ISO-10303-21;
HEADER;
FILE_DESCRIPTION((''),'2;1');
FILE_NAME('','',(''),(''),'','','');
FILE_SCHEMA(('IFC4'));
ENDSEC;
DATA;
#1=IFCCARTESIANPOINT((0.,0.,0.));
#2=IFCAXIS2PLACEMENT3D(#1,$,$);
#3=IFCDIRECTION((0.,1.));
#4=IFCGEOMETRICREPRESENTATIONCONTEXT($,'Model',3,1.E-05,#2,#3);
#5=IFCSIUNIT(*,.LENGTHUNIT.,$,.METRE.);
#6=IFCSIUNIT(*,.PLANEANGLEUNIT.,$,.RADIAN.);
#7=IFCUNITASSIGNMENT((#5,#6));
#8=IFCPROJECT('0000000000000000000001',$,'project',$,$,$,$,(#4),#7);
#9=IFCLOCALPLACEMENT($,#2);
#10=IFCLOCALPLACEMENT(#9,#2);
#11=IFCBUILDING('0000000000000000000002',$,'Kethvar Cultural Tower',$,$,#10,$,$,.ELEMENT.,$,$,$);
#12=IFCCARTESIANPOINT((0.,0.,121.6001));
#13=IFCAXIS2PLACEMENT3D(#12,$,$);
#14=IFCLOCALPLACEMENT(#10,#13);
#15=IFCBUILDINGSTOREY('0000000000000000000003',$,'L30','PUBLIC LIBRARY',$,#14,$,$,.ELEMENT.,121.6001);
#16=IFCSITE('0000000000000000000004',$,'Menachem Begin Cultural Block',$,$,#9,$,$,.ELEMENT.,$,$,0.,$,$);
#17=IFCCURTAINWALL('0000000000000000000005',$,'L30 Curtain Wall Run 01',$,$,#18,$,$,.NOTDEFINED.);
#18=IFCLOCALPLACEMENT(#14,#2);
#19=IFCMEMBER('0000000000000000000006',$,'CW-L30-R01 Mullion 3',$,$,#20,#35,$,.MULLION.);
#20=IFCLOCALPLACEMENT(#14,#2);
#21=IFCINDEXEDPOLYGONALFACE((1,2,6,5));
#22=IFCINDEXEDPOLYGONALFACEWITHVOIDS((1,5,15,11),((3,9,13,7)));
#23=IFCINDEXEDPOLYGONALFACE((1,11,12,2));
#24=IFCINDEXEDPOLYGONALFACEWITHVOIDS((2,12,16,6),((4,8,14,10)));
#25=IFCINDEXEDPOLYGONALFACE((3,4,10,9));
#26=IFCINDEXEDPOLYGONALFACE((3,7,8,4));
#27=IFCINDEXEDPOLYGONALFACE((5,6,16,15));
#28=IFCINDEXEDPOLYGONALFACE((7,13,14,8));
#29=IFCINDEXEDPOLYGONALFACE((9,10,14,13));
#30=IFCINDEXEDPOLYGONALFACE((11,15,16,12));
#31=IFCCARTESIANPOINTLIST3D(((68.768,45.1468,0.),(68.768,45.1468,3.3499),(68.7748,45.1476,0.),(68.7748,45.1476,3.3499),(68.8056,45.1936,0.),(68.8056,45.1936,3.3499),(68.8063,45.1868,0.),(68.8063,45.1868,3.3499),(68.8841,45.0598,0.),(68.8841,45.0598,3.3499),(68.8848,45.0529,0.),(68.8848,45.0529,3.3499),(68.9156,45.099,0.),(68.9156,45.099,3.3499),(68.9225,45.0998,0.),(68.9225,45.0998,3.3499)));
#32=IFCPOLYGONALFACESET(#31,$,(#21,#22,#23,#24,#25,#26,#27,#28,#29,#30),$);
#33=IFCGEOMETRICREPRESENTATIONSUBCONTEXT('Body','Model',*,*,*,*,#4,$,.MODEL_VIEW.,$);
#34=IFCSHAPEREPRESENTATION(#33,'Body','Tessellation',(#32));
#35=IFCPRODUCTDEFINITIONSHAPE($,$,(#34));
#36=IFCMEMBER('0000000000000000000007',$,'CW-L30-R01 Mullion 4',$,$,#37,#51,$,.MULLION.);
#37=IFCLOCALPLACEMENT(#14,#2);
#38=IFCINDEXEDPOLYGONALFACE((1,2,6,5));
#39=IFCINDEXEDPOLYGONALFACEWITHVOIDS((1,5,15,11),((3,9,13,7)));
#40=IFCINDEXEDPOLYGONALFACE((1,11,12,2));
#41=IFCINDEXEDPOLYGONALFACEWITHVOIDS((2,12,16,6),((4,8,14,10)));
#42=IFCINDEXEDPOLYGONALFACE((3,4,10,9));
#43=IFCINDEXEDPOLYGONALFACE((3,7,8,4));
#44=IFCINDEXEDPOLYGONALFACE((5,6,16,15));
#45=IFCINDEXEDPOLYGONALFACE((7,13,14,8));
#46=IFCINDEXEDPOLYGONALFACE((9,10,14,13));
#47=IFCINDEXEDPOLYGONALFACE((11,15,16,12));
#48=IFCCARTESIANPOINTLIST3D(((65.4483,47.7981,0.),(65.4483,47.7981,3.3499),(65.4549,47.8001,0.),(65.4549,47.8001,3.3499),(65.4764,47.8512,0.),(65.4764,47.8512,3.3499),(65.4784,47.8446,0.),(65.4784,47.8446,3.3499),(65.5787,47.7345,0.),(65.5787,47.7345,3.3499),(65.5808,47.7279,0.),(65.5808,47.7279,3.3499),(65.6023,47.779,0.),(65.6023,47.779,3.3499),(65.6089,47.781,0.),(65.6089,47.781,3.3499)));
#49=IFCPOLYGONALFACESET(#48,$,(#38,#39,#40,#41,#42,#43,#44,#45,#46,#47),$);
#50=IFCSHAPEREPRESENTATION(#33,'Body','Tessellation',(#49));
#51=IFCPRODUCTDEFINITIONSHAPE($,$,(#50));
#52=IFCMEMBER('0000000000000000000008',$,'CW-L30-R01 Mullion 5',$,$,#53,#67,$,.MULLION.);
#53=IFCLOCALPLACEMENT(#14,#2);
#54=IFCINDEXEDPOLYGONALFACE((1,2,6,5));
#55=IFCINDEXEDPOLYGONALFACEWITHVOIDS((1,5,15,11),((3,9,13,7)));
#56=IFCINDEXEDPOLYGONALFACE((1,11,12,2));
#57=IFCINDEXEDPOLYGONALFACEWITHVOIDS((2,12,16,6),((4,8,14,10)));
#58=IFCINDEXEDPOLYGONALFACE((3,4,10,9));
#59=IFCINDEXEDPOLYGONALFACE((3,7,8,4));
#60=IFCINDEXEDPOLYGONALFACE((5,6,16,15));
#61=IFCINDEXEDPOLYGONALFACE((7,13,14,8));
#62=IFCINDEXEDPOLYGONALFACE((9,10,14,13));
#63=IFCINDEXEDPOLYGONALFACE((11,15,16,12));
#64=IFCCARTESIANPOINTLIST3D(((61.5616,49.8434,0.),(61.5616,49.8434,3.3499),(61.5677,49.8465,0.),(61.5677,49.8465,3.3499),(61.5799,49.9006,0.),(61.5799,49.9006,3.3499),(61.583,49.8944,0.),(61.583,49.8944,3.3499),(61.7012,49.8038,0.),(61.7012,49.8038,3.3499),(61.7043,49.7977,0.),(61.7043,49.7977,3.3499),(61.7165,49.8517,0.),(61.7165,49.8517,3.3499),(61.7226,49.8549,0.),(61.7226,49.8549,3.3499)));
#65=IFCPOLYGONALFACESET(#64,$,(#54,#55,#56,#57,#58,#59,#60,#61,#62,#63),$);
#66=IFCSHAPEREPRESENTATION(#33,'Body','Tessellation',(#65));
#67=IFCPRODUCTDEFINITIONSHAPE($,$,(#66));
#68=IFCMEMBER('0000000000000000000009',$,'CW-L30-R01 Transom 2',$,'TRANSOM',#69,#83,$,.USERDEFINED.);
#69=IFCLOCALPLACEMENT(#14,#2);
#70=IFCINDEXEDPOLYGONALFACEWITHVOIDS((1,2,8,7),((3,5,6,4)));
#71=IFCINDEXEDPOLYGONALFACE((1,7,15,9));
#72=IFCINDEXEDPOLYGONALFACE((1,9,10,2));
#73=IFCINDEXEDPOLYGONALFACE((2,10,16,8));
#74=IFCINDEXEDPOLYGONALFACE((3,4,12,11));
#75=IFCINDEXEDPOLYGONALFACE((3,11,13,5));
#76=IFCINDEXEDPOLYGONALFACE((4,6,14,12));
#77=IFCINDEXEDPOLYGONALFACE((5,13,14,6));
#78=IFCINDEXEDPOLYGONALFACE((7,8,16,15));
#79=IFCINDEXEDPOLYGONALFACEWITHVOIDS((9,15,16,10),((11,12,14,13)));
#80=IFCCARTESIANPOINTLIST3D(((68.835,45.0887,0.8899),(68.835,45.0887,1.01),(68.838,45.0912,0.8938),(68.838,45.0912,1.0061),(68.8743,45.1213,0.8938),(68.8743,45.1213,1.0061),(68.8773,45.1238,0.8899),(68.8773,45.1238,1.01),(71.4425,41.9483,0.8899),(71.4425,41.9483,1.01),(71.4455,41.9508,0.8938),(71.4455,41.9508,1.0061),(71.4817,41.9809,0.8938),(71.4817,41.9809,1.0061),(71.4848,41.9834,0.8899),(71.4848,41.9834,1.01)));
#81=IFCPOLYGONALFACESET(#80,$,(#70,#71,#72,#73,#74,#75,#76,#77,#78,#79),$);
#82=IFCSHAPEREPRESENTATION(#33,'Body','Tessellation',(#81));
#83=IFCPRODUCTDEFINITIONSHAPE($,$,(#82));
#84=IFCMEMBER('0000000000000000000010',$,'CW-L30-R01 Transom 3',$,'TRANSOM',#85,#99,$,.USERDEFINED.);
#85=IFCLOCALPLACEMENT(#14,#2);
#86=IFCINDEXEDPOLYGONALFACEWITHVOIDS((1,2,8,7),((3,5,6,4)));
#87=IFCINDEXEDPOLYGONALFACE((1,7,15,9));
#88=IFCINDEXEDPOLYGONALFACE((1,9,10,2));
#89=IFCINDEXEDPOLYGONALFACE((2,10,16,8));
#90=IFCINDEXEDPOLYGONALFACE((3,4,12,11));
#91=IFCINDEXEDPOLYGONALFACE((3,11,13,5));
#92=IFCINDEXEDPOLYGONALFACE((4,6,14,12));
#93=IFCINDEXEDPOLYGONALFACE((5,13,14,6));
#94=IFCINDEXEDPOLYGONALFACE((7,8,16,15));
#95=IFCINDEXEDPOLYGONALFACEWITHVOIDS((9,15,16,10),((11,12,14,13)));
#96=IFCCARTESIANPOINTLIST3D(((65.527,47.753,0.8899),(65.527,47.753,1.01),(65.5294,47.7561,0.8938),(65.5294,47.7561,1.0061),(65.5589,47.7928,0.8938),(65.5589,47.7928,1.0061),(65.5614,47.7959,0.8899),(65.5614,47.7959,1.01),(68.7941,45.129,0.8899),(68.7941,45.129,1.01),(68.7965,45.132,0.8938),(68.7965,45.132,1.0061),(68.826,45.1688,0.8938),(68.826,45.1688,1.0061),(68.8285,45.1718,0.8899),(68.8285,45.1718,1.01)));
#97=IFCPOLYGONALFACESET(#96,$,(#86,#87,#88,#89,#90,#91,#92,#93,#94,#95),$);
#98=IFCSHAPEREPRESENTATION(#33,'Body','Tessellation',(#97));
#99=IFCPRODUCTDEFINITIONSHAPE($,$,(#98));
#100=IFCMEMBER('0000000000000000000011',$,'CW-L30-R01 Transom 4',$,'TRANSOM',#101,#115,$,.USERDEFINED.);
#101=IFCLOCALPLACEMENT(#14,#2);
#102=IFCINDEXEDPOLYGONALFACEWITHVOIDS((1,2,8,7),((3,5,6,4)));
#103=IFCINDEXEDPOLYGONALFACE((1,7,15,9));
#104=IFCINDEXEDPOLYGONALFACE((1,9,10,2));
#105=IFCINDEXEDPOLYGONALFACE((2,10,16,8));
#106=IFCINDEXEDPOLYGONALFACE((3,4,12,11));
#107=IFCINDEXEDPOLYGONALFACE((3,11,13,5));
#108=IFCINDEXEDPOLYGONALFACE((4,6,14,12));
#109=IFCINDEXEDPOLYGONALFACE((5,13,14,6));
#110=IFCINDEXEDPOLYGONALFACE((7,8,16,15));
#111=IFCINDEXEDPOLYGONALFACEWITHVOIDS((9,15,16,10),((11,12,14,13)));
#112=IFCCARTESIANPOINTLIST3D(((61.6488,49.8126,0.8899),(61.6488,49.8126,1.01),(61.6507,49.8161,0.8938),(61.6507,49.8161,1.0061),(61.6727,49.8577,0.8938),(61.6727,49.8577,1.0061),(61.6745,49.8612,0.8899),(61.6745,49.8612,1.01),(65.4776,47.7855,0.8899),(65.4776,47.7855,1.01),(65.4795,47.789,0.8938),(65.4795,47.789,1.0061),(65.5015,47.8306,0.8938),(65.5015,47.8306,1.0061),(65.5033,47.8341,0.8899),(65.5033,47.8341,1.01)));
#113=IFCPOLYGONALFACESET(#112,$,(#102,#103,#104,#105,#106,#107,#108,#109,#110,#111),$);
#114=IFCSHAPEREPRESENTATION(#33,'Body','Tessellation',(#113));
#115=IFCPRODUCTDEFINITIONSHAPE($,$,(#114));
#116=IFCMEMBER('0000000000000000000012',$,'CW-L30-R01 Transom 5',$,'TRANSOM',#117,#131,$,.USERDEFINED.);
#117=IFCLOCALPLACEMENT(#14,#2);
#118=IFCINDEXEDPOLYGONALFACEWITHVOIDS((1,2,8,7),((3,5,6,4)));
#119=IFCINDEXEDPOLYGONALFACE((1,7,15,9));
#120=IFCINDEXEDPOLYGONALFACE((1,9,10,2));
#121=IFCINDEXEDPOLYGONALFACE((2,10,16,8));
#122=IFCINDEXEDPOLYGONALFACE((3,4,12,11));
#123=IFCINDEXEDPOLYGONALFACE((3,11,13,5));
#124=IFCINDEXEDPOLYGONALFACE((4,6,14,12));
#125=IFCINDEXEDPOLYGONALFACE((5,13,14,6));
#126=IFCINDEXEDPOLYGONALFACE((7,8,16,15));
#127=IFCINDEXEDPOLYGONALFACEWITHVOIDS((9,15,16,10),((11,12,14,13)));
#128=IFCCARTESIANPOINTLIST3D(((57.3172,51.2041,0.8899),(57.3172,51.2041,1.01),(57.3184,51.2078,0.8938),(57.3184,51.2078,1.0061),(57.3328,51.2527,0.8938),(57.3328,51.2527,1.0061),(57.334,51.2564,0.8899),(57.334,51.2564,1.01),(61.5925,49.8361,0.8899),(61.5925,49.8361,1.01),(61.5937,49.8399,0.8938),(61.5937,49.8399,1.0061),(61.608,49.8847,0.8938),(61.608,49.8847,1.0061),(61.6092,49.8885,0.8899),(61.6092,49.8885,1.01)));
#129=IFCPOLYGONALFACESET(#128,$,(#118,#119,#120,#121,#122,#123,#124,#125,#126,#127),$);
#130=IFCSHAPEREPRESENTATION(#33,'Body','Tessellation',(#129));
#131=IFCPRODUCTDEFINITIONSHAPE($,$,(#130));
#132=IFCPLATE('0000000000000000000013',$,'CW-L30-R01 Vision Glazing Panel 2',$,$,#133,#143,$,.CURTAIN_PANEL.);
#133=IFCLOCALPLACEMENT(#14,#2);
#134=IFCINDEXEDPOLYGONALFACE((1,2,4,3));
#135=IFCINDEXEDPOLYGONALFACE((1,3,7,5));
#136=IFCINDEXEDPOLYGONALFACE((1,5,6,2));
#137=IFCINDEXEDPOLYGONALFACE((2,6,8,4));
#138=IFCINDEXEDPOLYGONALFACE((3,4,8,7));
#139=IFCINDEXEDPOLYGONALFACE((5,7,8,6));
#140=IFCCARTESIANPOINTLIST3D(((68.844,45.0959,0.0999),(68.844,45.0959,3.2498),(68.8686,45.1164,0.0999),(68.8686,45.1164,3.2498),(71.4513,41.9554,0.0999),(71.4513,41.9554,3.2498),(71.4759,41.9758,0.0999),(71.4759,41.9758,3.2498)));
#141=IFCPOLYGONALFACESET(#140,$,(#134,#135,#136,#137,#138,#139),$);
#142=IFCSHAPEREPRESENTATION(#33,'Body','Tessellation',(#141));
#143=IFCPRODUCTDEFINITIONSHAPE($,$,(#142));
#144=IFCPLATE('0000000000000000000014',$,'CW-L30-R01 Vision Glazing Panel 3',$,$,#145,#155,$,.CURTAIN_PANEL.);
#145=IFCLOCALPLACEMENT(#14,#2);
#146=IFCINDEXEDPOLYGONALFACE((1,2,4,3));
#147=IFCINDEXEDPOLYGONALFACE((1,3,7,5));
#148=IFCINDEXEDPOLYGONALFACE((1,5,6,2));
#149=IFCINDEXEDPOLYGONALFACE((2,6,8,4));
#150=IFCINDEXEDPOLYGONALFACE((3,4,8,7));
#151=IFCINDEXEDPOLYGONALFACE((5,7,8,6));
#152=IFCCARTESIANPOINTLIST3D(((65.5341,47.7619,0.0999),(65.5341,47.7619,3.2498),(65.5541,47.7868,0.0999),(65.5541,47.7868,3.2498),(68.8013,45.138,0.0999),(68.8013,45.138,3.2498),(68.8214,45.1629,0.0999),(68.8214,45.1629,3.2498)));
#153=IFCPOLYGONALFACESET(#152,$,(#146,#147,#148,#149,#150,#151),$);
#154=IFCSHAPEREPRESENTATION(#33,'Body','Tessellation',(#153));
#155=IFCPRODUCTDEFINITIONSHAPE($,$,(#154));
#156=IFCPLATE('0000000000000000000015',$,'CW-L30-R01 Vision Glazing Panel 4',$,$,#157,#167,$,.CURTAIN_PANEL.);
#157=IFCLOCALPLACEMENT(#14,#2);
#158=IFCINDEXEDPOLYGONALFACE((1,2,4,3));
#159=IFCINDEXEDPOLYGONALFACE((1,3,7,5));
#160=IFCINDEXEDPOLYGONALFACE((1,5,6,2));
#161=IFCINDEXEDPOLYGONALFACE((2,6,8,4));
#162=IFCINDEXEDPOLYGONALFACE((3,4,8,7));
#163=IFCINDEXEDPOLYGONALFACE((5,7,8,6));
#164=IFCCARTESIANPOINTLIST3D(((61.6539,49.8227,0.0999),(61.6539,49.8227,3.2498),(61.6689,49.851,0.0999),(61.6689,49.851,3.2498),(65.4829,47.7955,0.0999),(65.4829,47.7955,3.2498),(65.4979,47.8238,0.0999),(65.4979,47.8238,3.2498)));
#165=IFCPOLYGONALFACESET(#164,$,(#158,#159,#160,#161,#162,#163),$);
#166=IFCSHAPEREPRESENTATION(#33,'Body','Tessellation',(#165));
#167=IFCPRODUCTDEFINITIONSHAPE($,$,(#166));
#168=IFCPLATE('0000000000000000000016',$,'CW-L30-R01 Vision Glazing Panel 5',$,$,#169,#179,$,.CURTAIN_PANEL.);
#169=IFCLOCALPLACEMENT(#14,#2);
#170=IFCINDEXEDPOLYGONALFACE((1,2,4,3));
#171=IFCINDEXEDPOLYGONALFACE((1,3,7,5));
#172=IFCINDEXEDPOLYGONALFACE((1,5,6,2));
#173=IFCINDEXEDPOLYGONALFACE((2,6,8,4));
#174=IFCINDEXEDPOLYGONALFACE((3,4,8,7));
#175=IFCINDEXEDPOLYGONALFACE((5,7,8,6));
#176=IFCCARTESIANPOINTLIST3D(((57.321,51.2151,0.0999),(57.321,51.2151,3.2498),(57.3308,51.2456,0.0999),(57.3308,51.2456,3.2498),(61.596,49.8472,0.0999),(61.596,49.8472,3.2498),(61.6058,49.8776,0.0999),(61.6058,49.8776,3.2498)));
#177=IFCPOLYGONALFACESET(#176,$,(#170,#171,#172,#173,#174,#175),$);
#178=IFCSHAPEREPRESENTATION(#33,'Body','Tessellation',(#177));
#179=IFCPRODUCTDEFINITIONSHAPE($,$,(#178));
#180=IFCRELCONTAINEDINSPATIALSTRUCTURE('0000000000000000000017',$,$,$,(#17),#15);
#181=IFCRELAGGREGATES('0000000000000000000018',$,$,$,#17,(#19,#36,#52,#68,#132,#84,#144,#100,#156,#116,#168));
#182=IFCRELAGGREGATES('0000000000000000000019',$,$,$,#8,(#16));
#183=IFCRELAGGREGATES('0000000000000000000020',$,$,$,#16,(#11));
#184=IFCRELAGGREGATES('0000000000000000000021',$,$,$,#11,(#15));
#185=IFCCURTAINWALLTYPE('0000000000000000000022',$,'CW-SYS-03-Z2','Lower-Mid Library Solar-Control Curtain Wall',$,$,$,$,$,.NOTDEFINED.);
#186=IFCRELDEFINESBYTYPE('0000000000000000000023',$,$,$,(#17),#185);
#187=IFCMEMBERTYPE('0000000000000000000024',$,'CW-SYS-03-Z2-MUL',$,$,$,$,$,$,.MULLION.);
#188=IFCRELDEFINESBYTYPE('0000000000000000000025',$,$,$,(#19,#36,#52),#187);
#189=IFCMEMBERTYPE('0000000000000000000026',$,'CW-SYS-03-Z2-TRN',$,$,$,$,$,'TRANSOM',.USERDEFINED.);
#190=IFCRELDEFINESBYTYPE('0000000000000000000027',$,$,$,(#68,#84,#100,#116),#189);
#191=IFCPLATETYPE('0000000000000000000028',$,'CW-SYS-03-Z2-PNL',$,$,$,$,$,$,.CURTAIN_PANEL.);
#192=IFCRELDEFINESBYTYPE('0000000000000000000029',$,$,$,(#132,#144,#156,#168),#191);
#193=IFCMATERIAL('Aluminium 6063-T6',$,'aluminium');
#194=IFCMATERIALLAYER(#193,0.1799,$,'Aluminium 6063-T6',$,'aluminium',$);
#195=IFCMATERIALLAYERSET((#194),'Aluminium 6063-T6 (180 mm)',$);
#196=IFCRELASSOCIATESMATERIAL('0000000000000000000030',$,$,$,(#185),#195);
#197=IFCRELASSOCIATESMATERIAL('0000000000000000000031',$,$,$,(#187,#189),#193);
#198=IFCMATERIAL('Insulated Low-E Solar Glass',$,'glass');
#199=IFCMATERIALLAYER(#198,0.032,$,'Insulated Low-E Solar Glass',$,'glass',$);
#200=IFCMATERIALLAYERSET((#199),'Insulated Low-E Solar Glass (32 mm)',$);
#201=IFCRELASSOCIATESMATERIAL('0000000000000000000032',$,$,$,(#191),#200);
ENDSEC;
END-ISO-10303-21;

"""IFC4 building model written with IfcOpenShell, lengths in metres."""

from ifc_helpers import new_model, si_unit, direction, frame, origin, origin_2d, place, context, subcontext, project, spatial, rectangle, hollow_rectangle, extrude, source, transform, mapped, material, layer, layer_set, material_profile, profile_set, type_object, element, aggregate, save


model = new_model("IFC4")

# Units and contexts
model_context = context("Model", 3, precision=1e-05, world=origin(), true_north=direction((0.0, 1.0)))
body_context = subcontext(model_context, "Body", "Model", "MODEL_VIEW")
ifc_project = project(units=[si_unit("LENGTHUNIT", "METRE"), si_unit("PLANEANGLEUNIT", "RADIAN")], contexts=[model_context])

# Site, building, storey
site_placement = place(None, origin())
site = spatial("IfcSite", under=ifc_project, at=site_placement, Name="Menachem Begin Cultural Block", CompositionType="ELEMENT", RefElevation=0.0)
building_placement = place(site_placement, origin())
building = spatial("IfcBuilding", under=site, at=building_placement, Name="Kethvar Cultural Tower", CompositionType="ELEMENT")
storey_placement = place(building_placement, frame((0.0, 0.0, 121.6001)))
storey = spatial("IfcBuildingStorey", under=building, at=storey_placement, Name="L30", Description="PUBLIC LIBRARY", CompositionType="ELEMENT", Elevation=121.6001)

# Curtain wall, members, plates
ifc_material_1 = material(Name="Aluminium 6063-T6", Category="aluminium")
ifc_layer_1 = layer(ifc_material_1, 0.1799, Name="Aluminium 6063-T6", Category="aluminium")
ifc_layer_set_1 = layer_set([ifc_layer_1], Name="Aluminium 6063-T6 (180 mm)")
curtain_wall_type = type_object("IfcCurtainWallType", Name="CW-SYS-03-Z2", Description="Lower-Mid Library Solar-Control Curtain Wall", PredefinedType="NOTDEFINED", material=ifc_layer_set_1)
curtain_wall_placement = place(storey_placement, origin())
curtain_wall = element("IfcCurtainWall", 1, at=curtain_wall_placement, inside=storey, type_object=curtain_wall_type, Name="L30 Curtain Wall Run 01", PredefinedType="NOTDEFINED")
ifc_material_profile_1 = material_profile(ifc_material_1, hollow_rectangle(XDim=0.0601, YDim=0.1499, WallThickness=0.0049, at=origin_2d()), Name="Aluminium 6063-T6 — RHS150x60x5")
ifc_profile_set_1 = profile_set([ifc_material_profile_1], Name="Aluminium 6063-T6 — RHS150x60x5")
member_type_1 = type_object("IfcMemberType", Name="CW-SYS-03-Z2-MUL", PredefinedType="MULLION", material=ifc_profile_set_1)
shared_shape_1 = source(origin(), body_context, "Body", "SweptSolid", [
    extrude(hollow_rectangle(XDim=0.0601, YDim=0.1499, WallThickness=0.0049, at=origin_2d()), origin(), (0.0, 0.0, 1.0), 3.3499),
])
member_1_placement = place(storey_placement, frame((68.8452, 45.1233, 0.0), z_axis=(0.0, 0.0, 1.0), x_axis=(-0.626168, -0.779688, 0.0)))
member_1 = element("IfcMember", 2, at=member_1_placement, type_object=member_type_1, Name="CW-L30-R01 Mullion 3", PredefinedType="MULLION", context=body_context, shape_type="MappedRepresentation", body=[
    mapped(shared_shape_1, transform((0.0, 0.0, 0.0), scale=1.0)),
])
member_2_placement = place(storey_placement, frame((65.5286, 47.7896, 0.0), z_axis=(0.0, 0.0, 1.0), x_axis=(-0.467899, -0.883782, 0.0)))
member_2 = element("IfcMember", 3, at=member_2_placement, type_object=member_type_1, Name="CW-L30-R01 Mullion 4", PredefinedType="MULLION", context=body_context, shape_type="MappedRepresentation", body=[
    mapped(shared_shape_1, transform((0.0, 0.0, 0.0), scale=1.0)),
])
member_3_placement = place(storey_placement, frame((61.6421, 49.8491, 0.0), z_axis=(0.0, 0.0, 1.0), x_axis=(-0.304765, -0.952428, 0.0)))
member_3 = element("IfcMember", 4, at=member_3_placement, type_object=member_type_1, Name="CW-L30-R01 Mullion 5", PredefinedType="MULLION", context=body_context, shape_type="MappedRepresentation", body=[
    mapped(shared_shape_1, transform((0.0, 0.0, 0.0), scale=1.0)),
])
ifc_material_profile_2 = material_profile(ifc_material_1, hollow_rectangle(XDim=0.0549, YDim=0.1201, WallThickness=0.0039, at=origin_2d()), Name="Aluminium 6063-T6 — RHS120x55x4")
ifc_profile_set_2 = profile_set([ifc_material_profile_2], Name="Aluminium 6063-T6 — RHS120x55x4")
member_type_2 = type_object("IfcMemberType", Name="CW-SYS-03-Z2-TRN", ElementType="TRANSOM", PredefinedType="USERDEFINED", material=ifc_profile_set_2)
shared_shape_2 = source(origin(), body_context, "Body", "SweptSolid", [
    extrude(hollow_rectangle(XDim=0.0549, YDim=0.1201, WallThickness=0.0039, at=origin_2d()), origin(), (0.0, 0.0, 1.0), 4.0818),
])
member_4_placement = place(storey_placement, frame((71.4636, 41.9658, 0.95), z_axis=(-0.638801, 0.769372, 0.0), x_axis=(-0.769372, -0.638801, 0.0)))
member_4 = element("IfcMember", 5, at=member_4_placement, type_object=member_type_2, Name="CW-L30-R01 Transom 2", ObjectType="TRANSOM", PredefinedType="USERDEFINED", context=body_context, shape_type="MappedRepresentation", body=[
    mapped(shared_shape_2, transform((0.0, 0.0, 0.0), scale=1.0)),
])
shared_shape_3 = source(origin(), body_context, "Body", "SweptSolid", [
    extrude(hollow_rectangle(XDim=0.0549, YDim=0.1201, WallThickness=0.0039, at=origin_2d()), origin(), (0.0, 0.0, 1.0), 4.1904),
])
member_5_placement = place(storey_placement, frame((68.8113, 45.1504, 0.95), z_axis=(-0.779662, 0.6262, 0.0), x_axis=(-0.6262, -0.779662, 0.0)))
member_5 = element("IfcMember", 6, at=member_5_placement, type_object=member_type_2, Name="CW-L30-R01 Transom 3", ObjectType="TRANSOM", PredefinedType="USERDEFINED", context=body_context, shape_type="MappedRepresentation", body=[
    mapped(shared_shape_3, transform((0.0, 0.0, 0.0), scale=1.0)),
])
shared_shape_4 = source(origin(), body_context, "Body", "SweptSolid", [
    extrude(hollow_rectangle(XDim=0.0549, YDim=0.1201, WallThickness=0.0039, at=origin_2d()), origin(), (0.0, 0.0, 1.0), 4.3323),
])
member_6_placement = place(storey_placement, frame((65.4905, 47.8098, 0.95), z_axis=(-0.883782, 0.467898, 0.0), x_axis=(-0.467898, -0.883782, 0.0)))
member_6 = element("IfcMember", 7, at=member_6_placement, type_object=member_type_2, Name="CW-L30-R01 Transom 4", ObjectType="TRANSOM", PredefinedType="USERDEFINED", context=body_context, shape_type="MappedRepresentation", body=[
    mapped(shared_shape_4, transform((0.0, 0.0, 0.0), scale=1.0)),
])
shared_shape_5 = source(origin(), body_context, "Body", "SweptSolid", [
    extrude(hollow_rectangle(XDim=0.0549, YDim=0.1201, WallThickness=0.0039, at=origin_2d()), origin(), (0.0, 0.0, 1.0), 4.4888),
])
member_7_placement = place(storey_placement, frame((61.6008, 49.8623, 0.95), z_axis=(-0.952432, 0.30475, 0.0), x_axis=(-0.30475, -0.952432, 0.0)))
member_7 = element("IfcMember", 8, at=member_7_placement, type_object=member_type_2, Name="CW-L30-R01 Transom 5", ObjectType="TRANSOM", PredefinedType="USERDEFINED", context=body_context, shape_type="MappedRepresentation", body=[
    mapped(shared_shape_5, transform((0.0, 0.0, 0.0), scale=1.0)),
])
ifc_material_2 = material(Name="Insulated Low-E Solar Glass", Category="glass")
ifc_layer_2 = layer(ifc_material_2, 0.032, Name="Insulated Low-E Solar Glass", Category="glass")
ifc_layer_set_2 = layer_set([ifc_layer_2], Name="Insulated Low-E Solar Glass (32 mm)")
plate_type = type_object("IfcPlateType", Name="CW-SYS-03-Z2-PNL", PredefinedType="CURTAIN_PANEL", material=ifc_layer_set_2)
shared_shape_6 = source(origin(), body_context, "Body", "SweptSolid", [
    extrude(rectangle(XDim=4.0818, YDim=0.032, at=origin_2d()), origin(), (0.0, 0.0, 1.0), 3.1499),
])
plate_1_placement = place(storey_placement, frame((70.1599, 43.5359, 0.0999), z_axis=(0.0, 0.0, 1.0), x_axis=(-0.638768, 0.7694, 0.0)))
plate_1 = element("IfcPlate", 9, at=plate_1_placement, type_object=plate_type, Name="CW-L30-R01 Vision Glazing Panel 2", PredefinedType="CURTAIN_PANEL", context=body_context, shape_type="MappedRepresentation", body=[
    mapped(shared_shape_6, transform((0.0, 0.0, 0.0), scale=1.0)),
])
shared_shape_7 = source(origin(), body_context, "Body", "SweptSolid", [
    extrude(rectangle(XDim=4.1904, YDim=0.032, at=origin_2d()), origin(), (0.0, 0.0, 1.0), 3.1499),
])
plate_2_placement = place(storey_placement, frame((67.1777, 46.4624, 0.0999), z_axis=(0.0, 0.0, 1.0), x_axis=(-0.779688, 0.626168, 0.0)))
plate_2 = element("IfcPlate", 10, at=plate_2_placement, type_object=plate_type, Name="CW-L30-R01 Vision Glazing Panel 3", PredefinedType="CURTAIN_PANEL", context=body_context, shape_type="MappedRepresentation", body=[
    mapped(shared_shape_7, transform((0.0, 0.0, 0.0), scale=1.0)),
])
shared_shape_8 = source(origin(), body_context, "Body", "SweptSolid", [
    extrude(rectangle(XDim=4.3325, YDim=0.032, at=origin_2d()), origin(), (0.0, 0.0, 1.0), 3.1499),
])
plate_3_placement = place(storey_placement, frame((63.5759, 48.8232, 0.0999), z_axis=(0.0, 0.0, 1.0), x_axis=(-0.883782, 0.467899, 0.0)))
plate_3 = element("IfcPlate", 11, at=plate_3_placement, type_object=plate_type, Name="CW-L30-R01 Vision Glazing Panel 4", PredefinedType="CURTAIN_PANEL", context=body_context, shape_type="MappedRepresentation", body=[
    mapped(shared_shape_8, transform((0.0, 0.0, 0.0), scale=1.0)),
])
shared_shape_9 = source(origin(), body_context, "Body", "SweptSolid", [
    extrude(rectangle(XDim=4.4885, YDim=0.032, at=origin_2d()), origin(), (0.0, 0.0, 1.0), 3.1499),
])
plate_4_placement = place(storey_placement, frame((59.4634, 50.5464, 0.0999), z_axis=(0.0, 0.0, 1.0), x_axis=(-0.952428, 0.304765, 0.0)))
plate_4 = element("IfcPlate", 12, at=plate_4_placement, type_object=plate_type, Name="CW-L30-R01 Vision Glazing Panel 5", PredefinedType="CURTAIN_PANEL", context=body_context, shape_type="MappedRepresentation", body=[
    mapped(shared_shape_9, transform((0.0, 0.0, 0.0), scale=1.0)),
])
aggregate(curtain_wall, [member_1, member_2, member_3, member_4, plate_1, member_5, plate_2, member_6, plate_3, member_7, plate_4])

save(model, "model.ifc")
